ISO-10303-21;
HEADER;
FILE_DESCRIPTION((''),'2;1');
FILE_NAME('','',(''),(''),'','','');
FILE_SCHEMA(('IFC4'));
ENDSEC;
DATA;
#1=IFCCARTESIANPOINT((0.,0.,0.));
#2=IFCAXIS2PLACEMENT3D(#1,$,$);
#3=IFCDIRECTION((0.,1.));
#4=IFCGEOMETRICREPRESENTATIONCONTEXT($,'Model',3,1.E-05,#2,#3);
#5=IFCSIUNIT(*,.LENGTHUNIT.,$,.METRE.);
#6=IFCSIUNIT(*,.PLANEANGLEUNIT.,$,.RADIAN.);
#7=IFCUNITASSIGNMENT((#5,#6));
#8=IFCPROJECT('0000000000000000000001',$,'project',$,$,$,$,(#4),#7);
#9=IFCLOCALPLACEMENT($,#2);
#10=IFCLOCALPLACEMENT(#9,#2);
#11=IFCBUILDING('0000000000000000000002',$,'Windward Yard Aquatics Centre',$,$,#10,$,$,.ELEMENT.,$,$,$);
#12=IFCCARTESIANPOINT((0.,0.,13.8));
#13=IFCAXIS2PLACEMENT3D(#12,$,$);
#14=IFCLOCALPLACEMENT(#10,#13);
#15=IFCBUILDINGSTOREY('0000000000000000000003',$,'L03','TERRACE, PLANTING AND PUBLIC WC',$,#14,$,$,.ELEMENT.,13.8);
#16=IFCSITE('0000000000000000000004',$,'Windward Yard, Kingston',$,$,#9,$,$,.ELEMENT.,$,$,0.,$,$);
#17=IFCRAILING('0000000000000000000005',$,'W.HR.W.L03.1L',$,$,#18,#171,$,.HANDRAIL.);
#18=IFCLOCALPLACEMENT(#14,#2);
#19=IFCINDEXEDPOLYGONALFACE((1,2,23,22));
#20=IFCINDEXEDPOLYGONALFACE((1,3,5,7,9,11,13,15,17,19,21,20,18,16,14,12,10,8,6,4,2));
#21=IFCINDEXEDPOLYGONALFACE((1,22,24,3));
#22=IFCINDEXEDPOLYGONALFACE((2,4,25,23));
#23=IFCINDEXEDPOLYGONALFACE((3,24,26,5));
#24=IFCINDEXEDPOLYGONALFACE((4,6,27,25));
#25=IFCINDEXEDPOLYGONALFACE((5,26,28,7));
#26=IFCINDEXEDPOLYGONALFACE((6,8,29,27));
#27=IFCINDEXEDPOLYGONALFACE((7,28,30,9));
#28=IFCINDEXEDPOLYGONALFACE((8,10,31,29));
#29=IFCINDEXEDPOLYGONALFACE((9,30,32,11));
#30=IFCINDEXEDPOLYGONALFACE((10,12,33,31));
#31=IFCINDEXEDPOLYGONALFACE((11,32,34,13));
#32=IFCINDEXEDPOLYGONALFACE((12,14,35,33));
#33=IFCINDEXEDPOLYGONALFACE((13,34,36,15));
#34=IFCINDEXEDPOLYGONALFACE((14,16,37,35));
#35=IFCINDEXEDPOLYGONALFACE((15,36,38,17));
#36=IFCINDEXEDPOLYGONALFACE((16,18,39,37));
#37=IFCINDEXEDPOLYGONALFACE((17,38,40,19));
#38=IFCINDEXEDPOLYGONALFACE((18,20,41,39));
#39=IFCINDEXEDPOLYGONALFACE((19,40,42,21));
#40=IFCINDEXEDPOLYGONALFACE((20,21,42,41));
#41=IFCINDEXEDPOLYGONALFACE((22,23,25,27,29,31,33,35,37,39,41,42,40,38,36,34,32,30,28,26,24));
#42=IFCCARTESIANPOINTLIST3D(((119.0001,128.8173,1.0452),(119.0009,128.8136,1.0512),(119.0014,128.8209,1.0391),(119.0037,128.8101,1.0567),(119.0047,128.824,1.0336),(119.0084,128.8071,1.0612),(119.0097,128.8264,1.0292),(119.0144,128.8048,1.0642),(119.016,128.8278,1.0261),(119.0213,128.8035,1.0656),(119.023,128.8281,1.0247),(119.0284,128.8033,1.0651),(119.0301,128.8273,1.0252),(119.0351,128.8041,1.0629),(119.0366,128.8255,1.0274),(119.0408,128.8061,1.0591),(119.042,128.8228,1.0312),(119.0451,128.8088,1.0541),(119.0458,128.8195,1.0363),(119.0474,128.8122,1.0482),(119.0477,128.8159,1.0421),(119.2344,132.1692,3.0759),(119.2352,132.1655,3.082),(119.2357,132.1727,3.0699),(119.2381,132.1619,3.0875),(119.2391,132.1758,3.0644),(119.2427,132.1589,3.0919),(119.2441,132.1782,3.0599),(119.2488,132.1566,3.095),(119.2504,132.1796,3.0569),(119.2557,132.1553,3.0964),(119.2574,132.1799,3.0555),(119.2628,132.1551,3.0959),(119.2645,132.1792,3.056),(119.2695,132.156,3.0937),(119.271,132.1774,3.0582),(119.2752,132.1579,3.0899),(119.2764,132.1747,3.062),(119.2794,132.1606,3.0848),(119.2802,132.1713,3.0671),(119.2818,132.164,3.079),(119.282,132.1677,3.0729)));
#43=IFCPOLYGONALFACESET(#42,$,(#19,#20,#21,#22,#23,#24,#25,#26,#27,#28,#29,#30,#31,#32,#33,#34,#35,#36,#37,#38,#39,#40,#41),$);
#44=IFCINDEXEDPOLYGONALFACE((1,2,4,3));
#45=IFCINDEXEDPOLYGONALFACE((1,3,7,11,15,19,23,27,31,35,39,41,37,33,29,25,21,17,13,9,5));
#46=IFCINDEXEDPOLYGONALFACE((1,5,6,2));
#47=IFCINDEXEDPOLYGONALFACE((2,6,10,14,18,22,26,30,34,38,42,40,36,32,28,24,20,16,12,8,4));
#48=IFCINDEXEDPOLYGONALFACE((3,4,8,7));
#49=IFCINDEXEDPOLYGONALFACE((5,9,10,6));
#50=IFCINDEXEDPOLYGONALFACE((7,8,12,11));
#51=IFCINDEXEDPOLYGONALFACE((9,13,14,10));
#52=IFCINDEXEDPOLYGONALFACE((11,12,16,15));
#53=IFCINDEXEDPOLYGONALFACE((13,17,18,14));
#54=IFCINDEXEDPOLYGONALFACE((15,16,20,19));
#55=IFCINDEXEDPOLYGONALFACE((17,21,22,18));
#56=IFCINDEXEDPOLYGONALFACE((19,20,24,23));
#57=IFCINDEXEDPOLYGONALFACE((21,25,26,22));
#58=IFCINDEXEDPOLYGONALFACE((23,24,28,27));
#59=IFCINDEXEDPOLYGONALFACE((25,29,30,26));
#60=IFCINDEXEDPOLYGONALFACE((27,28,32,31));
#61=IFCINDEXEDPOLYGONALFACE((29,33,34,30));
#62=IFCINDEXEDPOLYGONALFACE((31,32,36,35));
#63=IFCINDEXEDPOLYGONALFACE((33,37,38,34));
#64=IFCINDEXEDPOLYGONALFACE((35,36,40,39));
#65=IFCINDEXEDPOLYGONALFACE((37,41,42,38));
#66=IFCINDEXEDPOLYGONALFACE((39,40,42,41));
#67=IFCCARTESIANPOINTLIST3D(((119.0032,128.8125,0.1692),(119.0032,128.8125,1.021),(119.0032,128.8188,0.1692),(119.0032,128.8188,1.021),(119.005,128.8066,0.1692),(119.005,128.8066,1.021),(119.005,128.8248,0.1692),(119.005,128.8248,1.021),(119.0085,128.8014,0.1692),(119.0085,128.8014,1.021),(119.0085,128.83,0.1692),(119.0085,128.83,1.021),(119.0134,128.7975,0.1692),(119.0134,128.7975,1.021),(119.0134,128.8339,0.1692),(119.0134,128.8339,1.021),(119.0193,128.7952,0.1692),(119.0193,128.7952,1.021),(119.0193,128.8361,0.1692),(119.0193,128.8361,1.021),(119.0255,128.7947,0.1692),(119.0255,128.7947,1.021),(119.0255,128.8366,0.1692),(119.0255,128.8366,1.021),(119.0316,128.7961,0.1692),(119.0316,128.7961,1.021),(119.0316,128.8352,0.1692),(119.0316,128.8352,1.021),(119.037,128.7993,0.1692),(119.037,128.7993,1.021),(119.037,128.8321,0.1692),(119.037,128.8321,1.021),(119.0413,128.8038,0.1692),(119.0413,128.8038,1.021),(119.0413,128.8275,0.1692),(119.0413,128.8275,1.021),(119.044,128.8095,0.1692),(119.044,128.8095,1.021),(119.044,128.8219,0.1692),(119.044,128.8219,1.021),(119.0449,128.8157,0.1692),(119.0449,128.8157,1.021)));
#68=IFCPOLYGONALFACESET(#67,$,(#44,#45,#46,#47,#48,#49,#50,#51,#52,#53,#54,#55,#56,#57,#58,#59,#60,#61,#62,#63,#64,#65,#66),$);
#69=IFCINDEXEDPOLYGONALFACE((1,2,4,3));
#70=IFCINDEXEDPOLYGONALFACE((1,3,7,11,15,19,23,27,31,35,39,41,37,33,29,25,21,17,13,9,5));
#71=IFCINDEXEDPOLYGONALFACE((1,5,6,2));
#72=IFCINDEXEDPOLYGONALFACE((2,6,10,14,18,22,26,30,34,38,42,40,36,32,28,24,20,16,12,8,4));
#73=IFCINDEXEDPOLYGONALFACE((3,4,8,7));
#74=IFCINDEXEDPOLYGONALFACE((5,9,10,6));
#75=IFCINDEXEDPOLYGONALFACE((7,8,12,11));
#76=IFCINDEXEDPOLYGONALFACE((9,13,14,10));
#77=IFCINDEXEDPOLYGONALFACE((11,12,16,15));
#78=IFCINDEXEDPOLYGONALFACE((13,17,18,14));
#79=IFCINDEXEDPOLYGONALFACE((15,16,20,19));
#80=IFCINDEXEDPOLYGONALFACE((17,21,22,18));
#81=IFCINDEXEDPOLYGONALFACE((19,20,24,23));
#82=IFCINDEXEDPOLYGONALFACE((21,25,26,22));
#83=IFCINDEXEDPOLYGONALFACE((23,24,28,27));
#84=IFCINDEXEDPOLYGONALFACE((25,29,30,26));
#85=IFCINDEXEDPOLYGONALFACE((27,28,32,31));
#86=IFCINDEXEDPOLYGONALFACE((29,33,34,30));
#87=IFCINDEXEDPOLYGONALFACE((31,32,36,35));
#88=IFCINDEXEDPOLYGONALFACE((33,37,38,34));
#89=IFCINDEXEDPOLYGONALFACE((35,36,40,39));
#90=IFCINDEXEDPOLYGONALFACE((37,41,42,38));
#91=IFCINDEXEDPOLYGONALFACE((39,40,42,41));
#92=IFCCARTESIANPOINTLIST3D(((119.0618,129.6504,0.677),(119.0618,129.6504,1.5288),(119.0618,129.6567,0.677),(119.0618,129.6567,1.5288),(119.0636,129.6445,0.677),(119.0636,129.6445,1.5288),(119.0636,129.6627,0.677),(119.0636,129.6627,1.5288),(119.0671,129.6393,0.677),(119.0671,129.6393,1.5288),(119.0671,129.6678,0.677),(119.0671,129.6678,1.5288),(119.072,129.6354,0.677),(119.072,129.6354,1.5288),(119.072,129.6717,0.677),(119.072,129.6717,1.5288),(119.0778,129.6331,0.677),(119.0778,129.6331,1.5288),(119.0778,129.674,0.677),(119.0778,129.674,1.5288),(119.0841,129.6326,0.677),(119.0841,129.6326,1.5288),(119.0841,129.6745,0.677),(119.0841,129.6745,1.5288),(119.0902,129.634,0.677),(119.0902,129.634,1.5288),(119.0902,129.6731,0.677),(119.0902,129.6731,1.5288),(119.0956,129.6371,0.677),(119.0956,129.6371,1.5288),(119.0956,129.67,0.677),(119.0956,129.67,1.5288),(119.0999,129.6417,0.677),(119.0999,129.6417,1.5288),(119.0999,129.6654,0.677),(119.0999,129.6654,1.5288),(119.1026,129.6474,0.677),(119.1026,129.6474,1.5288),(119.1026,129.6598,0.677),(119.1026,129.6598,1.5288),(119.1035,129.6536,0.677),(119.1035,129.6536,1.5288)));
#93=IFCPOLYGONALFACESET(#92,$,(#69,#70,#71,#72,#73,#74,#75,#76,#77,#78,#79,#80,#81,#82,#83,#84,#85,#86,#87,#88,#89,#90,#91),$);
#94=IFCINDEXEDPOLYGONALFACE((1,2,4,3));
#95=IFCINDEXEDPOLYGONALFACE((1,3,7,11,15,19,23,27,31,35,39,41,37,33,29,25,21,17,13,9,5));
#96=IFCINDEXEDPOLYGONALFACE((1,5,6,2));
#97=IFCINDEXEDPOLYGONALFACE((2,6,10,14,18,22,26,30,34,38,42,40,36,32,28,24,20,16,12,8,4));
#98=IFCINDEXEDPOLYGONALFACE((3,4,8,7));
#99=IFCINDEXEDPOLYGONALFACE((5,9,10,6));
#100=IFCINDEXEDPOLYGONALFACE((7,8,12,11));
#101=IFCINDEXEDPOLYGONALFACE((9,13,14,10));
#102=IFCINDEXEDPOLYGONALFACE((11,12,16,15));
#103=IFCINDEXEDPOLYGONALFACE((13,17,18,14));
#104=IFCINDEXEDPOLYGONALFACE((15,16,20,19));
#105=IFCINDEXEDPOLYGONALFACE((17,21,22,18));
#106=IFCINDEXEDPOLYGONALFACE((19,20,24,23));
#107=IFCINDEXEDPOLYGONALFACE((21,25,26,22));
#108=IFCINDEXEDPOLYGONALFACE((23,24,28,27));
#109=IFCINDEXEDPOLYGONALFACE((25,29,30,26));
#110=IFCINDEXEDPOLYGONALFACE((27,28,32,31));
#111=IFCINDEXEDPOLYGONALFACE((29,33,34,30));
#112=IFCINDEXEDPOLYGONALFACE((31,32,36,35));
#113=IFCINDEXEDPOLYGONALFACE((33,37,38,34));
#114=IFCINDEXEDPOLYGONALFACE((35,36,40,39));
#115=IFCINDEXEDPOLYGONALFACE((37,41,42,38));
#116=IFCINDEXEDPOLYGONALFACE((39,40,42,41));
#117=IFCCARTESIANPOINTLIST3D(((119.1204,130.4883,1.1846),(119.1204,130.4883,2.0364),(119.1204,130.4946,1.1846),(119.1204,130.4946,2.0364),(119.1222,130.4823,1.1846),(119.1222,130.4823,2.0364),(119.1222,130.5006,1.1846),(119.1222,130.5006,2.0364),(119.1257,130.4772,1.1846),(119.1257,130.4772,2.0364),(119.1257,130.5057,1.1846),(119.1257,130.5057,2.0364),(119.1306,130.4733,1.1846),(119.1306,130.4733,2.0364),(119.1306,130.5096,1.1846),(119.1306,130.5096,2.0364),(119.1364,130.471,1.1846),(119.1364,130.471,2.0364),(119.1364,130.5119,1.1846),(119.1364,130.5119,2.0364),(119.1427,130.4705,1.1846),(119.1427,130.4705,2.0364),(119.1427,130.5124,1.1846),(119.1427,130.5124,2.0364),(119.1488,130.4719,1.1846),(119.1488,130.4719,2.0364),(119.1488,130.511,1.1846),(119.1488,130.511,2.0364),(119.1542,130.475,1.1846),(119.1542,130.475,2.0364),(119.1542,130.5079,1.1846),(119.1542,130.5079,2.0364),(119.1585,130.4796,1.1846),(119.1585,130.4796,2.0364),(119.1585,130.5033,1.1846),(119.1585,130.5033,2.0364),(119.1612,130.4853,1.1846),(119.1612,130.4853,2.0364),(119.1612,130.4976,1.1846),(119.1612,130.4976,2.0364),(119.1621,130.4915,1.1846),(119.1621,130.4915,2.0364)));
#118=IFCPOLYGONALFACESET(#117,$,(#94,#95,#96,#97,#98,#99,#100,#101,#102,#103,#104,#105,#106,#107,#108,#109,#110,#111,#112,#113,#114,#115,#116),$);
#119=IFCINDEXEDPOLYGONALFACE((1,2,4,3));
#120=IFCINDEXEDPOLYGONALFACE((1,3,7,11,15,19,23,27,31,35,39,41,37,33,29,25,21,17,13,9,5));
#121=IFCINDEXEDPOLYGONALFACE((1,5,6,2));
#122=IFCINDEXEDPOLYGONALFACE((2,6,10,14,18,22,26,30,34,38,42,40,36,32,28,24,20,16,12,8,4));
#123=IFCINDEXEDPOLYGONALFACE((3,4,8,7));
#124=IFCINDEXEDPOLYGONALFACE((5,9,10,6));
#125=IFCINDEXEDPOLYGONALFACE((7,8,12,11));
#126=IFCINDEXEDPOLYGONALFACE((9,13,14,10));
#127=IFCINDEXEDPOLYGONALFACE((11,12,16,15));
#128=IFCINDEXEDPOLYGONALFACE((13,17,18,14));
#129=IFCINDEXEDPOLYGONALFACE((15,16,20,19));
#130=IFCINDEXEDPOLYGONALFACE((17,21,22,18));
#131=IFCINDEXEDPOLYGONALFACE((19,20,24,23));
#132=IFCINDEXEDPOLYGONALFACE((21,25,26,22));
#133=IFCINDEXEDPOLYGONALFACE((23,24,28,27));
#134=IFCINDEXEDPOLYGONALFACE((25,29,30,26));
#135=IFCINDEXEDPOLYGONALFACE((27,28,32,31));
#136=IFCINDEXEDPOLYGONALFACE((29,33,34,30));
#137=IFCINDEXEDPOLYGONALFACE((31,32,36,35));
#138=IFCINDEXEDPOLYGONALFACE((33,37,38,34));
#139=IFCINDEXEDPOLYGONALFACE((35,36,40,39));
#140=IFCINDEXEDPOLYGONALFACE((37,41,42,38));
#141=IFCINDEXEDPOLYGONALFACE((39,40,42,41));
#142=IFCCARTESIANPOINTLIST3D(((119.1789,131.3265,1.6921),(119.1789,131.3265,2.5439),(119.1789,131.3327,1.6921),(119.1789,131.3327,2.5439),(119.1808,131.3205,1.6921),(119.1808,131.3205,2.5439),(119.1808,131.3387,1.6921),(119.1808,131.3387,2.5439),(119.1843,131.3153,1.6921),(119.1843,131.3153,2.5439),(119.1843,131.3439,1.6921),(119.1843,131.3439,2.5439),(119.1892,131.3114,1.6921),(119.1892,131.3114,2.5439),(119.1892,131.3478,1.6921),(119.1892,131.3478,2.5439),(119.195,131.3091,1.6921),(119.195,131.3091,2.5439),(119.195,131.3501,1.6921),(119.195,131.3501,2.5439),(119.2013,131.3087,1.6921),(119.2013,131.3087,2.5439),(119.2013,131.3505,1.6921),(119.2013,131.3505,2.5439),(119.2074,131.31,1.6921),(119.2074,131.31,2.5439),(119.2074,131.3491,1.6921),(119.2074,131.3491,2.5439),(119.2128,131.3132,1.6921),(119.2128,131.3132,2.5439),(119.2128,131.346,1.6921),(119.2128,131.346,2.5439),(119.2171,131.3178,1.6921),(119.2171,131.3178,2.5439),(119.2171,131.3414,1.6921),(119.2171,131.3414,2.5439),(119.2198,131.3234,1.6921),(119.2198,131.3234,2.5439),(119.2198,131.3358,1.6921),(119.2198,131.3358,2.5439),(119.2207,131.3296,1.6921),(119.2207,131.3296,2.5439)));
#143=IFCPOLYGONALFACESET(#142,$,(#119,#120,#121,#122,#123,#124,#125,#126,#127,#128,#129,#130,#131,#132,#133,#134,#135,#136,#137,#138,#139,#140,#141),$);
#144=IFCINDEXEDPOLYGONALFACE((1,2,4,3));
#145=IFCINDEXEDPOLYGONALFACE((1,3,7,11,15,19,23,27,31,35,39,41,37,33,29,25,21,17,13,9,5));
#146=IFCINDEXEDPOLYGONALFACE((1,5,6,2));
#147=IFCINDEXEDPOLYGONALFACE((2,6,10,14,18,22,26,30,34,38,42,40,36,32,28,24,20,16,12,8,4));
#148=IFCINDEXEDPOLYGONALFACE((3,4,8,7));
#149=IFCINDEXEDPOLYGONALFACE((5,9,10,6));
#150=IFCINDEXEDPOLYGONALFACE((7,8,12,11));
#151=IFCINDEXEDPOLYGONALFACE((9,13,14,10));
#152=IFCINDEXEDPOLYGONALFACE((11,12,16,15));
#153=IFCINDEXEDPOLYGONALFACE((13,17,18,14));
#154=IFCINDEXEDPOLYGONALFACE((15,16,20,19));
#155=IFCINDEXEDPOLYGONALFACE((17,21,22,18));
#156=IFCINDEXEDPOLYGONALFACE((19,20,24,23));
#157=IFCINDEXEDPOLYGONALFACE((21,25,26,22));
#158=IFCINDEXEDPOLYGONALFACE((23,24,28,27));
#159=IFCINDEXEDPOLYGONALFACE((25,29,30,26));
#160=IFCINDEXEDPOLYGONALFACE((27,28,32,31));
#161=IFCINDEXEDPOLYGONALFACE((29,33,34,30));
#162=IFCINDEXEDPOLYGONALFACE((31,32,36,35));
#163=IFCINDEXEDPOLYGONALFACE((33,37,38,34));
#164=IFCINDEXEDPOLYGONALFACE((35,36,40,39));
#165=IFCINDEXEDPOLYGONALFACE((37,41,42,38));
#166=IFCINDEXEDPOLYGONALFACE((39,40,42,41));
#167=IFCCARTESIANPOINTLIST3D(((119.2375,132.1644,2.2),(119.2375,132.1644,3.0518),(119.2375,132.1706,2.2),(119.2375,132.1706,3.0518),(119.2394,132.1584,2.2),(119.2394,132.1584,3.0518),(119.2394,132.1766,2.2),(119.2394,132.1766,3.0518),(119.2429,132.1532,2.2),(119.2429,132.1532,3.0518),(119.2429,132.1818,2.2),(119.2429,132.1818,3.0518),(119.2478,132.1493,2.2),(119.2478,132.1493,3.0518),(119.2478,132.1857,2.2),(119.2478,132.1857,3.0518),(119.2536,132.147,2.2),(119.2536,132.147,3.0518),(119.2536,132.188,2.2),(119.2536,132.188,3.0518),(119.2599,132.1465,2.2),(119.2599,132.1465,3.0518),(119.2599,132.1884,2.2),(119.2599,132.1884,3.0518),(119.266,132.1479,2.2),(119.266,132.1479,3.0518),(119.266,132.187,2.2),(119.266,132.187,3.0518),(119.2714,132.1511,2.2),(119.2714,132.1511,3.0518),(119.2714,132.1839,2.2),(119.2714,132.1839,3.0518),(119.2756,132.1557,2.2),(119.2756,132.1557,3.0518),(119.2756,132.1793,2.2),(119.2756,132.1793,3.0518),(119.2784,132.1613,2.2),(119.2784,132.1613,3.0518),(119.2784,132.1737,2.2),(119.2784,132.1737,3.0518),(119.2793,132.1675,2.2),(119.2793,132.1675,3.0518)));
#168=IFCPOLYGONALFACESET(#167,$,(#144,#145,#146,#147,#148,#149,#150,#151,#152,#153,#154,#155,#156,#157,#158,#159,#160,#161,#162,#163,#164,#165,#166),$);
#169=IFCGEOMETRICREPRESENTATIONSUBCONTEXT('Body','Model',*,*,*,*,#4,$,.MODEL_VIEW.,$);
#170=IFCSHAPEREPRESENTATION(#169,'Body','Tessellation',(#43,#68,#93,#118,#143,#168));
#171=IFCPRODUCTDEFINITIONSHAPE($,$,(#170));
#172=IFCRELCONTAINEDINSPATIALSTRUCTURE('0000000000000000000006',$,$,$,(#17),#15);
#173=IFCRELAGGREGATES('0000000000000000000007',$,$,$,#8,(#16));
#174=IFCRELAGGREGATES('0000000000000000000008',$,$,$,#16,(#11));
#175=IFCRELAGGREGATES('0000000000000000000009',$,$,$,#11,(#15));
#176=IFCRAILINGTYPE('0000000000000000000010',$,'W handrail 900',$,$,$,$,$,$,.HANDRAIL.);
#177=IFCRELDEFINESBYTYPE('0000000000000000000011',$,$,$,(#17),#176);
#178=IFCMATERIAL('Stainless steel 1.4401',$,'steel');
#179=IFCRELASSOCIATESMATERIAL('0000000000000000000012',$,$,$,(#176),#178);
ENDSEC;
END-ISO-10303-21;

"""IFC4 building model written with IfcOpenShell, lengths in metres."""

from ifc_helpers import new_model, si_unit, direction, frame, origin, origin_2d, place, context, subcontext, project, spatial, circle, extrude, material, type_object, element, save


model = new_model("IFC4")

# Units and contexts
model_context = context("Model", 3, precision=1e-05, world=origin(), true_north=direction((0.0, 1.0)))
body_context = subcontext(model_context, "Body", "Model", "MODEL_VIEW")
ifc_project = project(units=[si_unit("LENGTHUNIT", "METRE"), si_unit("PLANEANGLEUNIT", "RADIAN")], contexts=[model_context])

# Site, building, storey
site_placement = place(None, origin())
site = spatial("IfcSite", under=ifc_project, at=site_placement, Name="Windward Yard, Kingston", CompositionType="ELEMENT", RefElevation=0.0)
building_placement = place(site_placement, origin())
building = spatial("IfcBuilding", under=site, at=building_placement, Name="Windward Yard Aquatics Centre", CompositionType="ELEMENT")
storey_placement = place(building_placement, frame((0.0, 0.0, 13.8)))
storey = spatial("IfcBuildingStorey", under=building, at=storey_placement, Name="L03", Description="TERRACE, PLANTING AND PUBLIC WC", CompositionType="ELEMENT", Elevation=13.8)

# Railing
ifc_material_1 = material(Name="Stainless steel 1.4401", Category="steel")
railing_type_1 = type_object("IfcRailingType", Name="W handrail 900", PredefinedType="HANDRAIL", material=ifc_material_1)
railing_1_placement = place(storey_placement, frame((119.0239, 128.8157, 0.1692)))
element("IfcRailing", 1, at=railing_1_placement, inside=storey, type_object=railing_type_1, Name="W.HR.W.L03.1L", PredefinedType="HANDRAIL", context=body_context, shape_type="SweptSolid", body=[
    extrude(circle(Radius=0.0239, at=origin_2d()), frame((0.0, 0.0, 0.876), z_axis=(0.059698, 0.853744, 0.517259), x_axis=(-0.997564, 0.069755, 0.0)), (0.0, 0.0, 1.0), 3.926),
    extrude(circle(Radius=0.021, at=origin_2d()), origin(), (0.0, 0.0, 1.0), 0.8518),
    extrude(circle(Radius=0.021, at=origin_2d()), frame((0.0586, 0.8379, 0.5078)), (0.0, 0.0, 1.0), 0.8518),
    extrude(circle(Radius=0.021, at=origin_2d()), frame((0.1172, 1.6758, 1.0154)), (0.0, 0.0, 1.0), 0.8518),
    extrude(circle(Radius=0.021, at=origin_2d()), frame((0.1758, 2.5139, 1.5229)), (0.0, 0.0, 1.0), 0.8518),
    extrude(circle(Radius=0.021, at=origin_2d()), frame((0.2344, 3.3518, 2.0308)), (0.0, 0.0, 1.0), 0.8518),
])

save(model, "model.ifc")
